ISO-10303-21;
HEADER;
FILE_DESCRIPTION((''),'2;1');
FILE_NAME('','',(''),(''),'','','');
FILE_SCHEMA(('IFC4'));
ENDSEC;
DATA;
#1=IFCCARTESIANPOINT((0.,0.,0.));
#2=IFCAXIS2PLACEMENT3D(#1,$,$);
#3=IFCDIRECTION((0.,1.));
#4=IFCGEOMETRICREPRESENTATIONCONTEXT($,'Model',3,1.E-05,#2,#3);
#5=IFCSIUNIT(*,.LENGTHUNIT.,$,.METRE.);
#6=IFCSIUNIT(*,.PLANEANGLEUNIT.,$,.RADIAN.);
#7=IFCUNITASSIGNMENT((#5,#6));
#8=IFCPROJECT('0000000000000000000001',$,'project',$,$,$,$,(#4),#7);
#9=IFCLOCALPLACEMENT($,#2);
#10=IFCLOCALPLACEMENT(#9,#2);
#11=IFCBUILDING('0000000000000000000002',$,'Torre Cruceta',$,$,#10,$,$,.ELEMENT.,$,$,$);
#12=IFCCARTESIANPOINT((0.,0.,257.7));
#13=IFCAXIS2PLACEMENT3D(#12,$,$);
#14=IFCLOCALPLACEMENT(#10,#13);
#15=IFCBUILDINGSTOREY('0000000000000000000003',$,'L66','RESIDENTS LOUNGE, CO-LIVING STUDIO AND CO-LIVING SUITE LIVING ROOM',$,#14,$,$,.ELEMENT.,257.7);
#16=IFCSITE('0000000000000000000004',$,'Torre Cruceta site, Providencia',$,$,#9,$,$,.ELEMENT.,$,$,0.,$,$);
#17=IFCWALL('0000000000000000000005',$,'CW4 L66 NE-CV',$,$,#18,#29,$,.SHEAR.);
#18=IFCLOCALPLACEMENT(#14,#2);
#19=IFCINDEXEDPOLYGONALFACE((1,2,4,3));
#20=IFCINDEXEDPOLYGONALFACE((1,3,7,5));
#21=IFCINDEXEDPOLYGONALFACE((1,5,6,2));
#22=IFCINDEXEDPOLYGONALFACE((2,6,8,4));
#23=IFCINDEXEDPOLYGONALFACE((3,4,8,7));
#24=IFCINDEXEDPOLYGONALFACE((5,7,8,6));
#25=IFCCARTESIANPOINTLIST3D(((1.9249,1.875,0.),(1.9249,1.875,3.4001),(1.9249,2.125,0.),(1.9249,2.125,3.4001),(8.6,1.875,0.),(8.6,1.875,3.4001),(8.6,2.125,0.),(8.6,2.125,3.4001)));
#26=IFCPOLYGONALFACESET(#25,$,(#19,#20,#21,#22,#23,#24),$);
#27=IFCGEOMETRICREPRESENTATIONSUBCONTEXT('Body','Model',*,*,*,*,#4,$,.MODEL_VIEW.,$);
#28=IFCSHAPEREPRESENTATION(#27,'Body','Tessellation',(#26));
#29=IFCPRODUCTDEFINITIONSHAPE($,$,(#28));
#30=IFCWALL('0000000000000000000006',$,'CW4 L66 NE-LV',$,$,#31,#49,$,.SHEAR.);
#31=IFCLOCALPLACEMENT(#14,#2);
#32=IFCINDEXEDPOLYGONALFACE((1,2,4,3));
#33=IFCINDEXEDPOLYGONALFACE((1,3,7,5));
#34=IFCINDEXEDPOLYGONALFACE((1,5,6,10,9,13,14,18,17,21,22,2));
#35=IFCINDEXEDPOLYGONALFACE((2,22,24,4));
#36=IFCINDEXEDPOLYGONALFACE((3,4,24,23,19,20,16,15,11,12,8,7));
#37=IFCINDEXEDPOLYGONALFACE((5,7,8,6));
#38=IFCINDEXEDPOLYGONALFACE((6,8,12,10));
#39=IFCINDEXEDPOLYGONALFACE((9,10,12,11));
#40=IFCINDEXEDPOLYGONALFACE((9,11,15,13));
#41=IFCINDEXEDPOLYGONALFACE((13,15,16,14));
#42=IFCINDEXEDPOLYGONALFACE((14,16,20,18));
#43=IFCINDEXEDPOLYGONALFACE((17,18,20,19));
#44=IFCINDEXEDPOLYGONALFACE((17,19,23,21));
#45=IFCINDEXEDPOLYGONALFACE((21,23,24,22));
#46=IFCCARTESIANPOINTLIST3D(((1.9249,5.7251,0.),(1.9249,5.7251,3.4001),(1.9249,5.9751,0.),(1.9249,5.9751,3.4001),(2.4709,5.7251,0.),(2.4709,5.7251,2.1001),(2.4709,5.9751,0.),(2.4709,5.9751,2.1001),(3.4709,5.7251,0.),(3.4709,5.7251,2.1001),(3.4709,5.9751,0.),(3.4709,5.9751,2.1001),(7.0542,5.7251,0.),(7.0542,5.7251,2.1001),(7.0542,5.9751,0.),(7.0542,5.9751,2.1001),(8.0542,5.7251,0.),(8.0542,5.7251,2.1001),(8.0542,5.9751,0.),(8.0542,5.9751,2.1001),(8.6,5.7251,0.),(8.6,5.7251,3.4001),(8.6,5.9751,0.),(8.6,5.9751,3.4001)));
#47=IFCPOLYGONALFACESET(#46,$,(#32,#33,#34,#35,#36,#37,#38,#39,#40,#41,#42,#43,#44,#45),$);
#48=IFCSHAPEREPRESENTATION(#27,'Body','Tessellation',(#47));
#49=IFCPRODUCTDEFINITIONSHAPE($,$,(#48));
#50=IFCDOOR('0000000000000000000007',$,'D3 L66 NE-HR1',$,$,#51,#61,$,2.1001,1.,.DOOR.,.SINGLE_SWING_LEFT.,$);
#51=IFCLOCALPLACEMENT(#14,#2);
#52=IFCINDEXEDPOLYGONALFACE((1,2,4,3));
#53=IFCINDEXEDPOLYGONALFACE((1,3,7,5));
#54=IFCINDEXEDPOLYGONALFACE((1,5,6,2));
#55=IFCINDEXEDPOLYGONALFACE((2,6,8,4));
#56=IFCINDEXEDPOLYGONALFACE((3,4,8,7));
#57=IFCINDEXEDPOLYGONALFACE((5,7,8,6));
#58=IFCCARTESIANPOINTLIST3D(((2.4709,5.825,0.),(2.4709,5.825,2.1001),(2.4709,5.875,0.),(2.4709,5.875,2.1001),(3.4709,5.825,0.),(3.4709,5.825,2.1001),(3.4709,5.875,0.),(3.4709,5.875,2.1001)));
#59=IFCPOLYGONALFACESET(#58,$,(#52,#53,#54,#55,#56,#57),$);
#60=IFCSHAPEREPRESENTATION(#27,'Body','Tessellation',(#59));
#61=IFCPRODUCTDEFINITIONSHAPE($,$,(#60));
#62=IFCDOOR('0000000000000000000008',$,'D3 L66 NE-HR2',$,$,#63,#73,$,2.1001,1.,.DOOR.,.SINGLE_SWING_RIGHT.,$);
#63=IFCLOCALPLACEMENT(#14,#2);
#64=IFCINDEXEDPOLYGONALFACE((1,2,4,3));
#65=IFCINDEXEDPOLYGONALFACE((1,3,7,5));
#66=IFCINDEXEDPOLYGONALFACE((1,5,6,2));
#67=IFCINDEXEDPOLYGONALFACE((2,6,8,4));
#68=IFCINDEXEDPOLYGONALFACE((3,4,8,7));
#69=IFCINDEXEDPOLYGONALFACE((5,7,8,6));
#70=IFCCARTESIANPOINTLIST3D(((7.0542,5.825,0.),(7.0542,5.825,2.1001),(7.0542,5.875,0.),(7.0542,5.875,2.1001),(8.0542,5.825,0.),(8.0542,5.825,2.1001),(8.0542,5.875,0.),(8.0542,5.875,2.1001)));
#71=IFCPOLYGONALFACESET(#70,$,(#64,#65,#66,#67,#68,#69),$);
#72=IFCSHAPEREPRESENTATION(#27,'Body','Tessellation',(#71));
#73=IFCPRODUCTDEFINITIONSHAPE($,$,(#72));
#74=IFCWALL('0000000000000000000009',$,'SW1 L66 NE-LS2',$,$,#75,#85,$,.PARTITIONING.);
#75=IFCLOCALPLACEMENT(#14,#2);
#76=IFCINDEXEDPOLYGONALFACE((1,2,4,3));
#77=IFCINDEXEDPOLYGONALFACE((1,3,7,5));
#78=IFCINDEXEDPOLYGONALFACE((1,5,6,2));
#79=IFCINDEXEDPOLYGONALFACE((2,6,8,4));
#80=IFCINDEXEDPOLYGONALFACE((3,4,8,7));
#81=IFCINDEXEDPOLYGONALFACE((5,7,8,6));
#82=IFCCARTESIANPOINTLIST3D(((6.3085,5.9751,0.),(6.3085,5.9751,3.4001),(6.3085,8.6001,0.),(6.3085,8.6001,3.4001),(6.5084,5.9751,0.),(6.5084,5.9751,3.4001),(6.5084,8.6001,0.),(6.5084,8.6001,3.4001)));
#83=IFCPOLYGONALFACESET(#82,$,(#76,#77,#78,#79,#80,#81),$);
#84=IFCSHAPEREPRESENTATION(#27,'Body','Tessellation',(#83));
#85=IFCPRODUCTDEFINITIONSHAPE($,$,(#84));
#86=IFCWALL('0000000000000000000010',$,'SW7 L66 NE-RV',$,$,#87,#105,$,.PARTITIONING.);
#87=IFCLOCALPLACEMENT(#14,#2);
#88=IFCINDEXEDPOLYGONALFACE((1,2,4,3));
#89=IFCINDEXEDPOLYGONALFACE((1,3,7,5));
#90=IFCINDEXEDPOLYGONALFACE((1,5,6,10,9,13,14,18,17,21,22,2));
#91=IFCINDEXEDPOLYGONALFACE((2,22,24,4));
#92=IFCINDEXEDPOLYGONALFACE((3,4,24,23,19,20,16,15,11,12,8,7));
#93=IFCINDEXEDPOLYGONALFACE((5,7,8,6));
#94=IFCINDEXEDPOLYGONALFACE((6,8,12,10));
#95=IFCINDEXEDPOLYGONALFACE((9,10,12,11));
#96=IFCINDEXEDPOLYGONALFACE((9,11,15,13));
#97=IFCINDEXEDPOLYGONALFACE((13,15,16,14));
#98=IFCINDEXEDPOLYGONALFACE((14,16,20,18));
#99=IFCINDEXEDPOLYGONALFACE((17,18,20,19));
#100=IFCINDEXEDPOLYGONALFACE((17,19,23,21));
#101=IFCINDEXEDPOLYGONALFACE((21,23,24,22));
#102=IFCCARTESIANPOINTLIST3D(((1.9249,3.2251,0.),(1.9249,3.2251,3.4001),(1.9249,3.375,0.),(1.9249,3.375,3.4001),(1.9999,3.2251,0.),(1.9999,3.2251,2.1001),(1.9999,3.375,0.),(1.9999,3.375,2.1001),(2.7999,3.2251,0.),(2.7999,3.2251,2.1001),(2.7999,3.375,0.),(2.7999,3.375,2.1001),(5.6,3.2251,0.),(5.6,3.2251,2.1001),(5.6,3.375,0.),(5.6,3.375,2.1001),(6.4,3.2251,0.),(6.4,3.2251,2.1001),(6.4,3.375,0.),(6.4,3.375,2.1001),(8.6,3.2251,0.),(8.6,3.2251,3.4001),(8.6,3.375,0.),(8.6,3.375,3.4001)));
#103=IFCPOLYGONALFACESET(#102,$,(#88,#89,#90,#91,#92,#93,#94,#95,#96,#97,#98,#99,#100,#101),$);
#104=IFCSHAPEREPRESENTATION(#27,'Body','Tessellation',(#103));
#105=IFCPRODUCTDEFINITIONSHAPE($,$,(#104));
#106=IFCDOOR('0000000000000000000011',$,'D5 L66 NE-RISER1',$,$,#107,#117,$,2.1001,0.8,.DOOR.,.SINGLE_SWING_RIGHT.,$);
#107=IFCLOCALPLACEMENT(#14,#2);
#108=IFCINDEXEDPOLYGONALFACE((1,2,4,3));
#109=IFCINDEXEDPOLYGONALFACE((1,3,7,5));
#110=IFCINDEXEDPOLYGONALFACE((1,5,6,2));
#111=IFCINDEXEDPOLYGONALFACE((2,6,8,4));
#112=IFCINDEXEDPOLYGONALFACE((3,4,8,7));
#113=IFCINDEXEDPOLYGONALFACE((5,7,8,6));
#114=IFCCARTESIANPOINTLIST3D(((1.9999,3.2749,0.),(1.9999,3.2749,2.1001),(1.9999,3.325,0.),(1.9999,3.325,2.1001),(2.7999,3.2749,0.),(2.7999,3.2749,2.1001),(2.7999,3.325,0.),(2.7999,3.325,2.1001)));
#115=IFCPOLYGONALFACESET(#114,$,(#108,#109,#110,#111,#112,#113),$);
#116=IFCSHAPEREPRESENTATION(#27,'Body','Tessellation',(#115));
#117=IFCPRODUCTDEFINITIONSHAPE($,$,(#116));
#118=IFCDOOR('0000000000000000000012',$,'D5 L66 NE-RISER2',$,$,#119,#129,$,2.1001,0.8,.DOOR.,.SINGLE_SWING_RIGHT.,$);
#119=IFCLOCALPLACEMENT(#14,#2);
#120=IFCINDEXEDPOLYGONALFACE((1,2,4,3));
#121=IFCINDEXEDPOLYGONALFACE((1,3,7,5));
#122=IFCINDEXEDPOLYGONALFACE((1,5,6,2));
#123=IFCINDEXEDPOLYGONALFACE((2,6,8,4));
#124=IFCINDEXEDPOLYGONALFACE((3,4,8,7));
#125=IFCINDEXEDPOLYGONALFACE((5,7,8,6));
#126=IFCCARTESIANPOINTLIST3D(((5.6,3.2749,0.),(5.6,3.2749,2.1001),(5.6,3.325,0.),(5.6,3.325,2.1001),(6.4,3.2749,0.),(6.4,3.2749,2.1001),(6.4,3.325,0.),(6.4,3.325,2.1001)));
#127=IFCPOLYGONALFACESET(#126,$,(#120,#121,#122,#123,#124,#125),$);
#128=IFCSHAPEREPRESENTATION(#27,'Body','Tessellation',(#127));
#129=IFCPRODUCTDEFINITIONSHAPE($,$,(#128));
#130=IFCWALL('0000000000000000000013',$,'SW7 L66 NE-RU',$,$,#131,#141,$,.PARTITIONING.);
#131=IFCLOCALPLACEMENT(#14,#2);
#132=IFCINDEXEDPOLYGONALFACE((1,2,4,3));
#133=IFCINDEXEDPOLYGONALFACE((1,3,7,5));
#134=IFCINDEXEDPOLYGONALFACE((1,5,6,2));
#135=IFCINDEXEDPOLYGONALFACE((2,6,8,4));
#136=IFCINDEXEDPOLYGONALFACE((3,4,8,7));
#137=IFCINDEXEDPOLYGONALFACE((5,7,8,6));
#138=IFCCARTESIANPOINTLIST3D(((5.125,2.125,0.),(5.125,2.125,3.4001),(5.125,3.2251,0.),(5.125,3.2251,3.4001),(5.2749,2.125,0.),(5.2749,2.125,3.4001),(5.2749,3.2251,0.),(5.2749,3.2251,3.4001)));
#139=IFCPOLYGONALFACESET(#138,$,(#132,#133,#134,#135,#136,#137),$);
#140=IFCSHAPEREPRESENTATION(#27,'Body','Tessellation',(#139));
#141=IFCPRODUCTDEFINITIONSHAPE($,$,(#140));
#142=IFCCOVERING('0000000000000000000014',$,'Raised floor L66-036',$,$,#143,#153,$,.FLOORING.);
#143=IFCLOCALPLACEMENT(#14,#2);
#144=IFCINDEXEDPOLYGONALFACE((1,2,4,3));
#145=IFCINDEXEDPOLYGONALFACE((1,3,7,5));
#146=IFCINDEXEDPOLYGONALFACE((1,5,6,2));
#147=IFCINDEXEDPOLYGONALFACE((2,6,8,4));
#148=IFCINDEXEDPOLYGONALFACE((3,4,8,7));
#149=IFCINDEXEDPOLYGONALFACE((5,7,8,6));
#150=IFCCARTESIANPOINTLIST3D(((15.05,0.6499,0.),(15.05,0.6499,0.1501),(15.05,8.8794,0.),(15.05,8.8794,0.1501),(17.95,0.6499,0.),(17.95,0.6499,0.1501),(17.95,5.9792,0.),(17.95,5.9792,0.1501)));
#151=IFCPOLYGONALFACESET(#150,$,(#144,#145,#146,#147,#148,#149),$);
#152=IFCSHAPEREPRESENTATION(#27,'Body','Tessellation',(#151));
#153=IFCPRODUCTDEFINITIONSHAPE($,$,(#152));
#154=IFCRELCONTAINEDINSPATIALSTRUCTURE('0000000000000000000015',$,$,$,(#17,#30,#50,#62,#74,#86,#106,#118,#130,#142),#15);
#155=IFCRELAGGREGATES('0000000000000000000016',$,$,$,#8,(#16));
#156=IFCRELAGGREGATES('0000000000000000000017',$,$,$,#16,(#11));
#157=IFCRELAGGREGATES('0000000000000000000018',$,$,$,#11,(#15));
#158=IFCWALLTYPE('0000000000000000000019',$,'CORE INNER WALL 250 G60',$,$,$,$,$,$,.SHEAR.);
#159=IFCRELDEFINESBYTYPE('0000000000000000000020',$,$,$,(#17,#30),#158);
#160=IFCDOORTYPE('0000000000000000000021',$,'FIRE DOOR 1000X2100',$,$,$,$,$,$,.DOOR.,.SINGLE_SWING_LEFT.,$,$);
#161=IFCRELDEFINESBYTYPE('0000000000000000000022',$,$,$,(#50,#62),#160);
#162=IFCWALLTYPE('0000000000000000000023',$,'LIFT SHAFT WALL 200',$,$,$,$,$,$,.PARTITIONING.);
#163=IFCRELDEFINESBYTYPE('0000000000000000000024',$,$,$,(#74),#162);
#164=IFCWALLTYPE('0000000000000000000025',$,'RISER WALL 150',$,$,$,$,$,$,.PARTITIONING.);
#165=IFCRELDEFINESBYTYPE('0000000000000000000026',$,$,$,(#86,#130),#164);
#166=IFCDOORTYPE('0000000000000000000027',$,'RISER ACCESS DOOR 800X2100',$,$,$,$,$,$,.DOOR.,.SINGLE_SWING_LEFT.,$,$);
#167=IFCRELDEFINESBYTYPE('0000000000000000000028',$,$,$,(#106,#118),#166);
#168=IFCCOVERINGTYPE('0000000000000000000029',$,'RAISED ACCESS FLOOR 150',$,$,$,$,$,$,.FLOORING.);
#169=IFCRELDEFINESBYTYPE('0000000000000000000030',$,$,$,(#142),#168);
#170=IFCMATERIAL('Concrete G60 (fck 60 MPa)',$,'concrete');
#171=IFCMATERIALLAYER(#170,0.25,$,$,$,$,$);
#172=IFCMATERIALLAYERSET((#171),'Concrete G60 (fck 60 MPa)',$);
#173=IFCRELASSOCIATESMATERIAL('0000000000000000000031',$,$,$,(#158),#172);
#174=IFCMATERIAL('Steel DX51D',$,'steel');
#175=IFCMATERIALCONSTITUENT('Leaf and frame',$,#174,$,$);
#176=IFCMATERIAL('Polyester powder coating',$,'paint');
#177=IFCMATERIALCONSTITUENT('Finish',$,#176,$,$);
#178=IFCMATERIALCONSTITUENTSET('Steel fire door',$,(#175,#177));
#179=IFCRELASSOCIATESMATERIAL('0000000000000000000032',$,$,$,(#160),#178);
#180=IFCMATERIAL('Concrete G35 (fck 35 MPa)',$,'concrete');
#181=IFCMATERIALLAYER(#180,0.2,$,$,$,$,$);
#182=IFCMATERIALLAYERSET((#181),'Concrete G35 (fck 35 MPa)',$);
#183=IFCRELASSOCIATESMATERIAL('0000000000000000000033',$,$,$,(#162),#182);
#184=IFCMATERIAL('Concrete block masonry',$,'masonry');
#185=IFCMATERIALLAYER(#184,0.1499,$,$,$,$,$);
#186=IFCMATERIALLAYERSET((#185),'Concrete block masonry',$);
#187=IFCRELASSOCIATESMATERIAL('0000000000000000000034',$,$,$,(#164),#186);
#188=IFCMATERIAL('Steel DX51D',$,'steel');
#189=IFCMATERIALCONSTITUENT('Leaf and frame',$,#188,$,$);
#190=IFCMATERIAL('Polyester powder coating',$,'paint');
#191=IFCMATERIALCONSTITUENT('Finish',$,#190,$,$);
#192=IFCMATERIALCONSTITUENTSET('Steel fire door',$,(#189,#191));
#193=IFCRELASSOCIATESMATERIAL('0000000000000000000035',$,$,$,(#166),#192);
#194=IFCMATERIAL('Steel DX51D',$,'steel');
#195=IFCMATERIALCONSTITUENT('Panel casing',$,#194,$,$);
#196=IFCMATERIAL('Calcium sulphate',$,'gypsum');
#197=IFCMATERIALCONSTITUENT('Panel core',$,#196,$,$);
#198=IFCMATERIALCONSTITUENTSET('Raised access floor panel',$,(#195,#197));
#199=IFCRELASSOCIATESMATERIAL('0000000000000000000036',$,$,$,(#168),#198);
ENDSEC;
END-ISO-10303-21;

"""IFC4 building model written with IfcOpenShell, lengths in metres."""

from ifc_helpers import new_model, si_unit, direction, frame, frame_2d, origin, place, context, subcontext, project, spatial, polyline, rectangle, outline, extrude, material, layer, layer_set, constituent, constituent_set, type_object, element, fill, save


model = new_model("IFC4")

# Units and contexts
model_context = context("Model", 3, precision=1e-05, world=origin(), true_north=direction((0.0, 1.0)))
body_context = subcontext(model_context, "Body", "Model", "MODEL_VIEW")
ifc_project = project(units=[si_unit("LENGTHUNIT", "METRE"), si_unit("PLANEANGLEUNIT", "RADIAN")], contexts=[model_context])

# Site, building, storey
site_placement = place(None, origin())
site = spatial("IfcSite", under=ifc_project, at=site_placement, Name="Torre Cruceta site, Providencia", CompositionType="ELEMENT", RefElevation=0.0)
building_placement = place(site_placement, origin())
building = spatial("IfcBuilding", under=site, at=building_placement, Name="Torre Cruceta", CompositionType="ELEMENT")
storey_placement = place(building_placement, frame((0.0, 0.0, 257.7)))
storey = spatial("IfcBuildingStorey", under=building, at=storey_placement, Name="L66", Description="RESIDENTS LOUNGE, CO-LIVING STUDIO AND CO-LIVING SUITE LIVING ROOM", CompositionType="ELEMENT", Elevation=257.7)

# Shared definitions
ifc_material_1 = material(Name="Concrete G60 (fck 60 MPa)", Category="concrete")
ifc_layer_1 = layer(ifc_material_1, 0.25)
ifc_layer_set_1 = layer_set([ifc_layer_1], Name="Concrete G60 (fck 60 MPa)")
wall_type_1 = type_object("IfcWallType", Name="CORE INNER WALL 250 G60", PredefinedType="SHEAR", material=ifc_layer_set_1)

# Wall
wall_1_placement = place(storey_placement, frame((1.925, 2.0, 0.0), z_axis=(0.0, 0.0, 1.0), x_axis=(1.0, 0.0, 0.0)))
element("IfcWall", 1, at=wall_1_placement, inside=storey, type_object=wall_type_1, Name="CW4 L66 NE-CV", PredefinedType="SHEAR", context=body_context, shape_type="SweptSolid", body=[
    extrude(rectangle(XDim=6.675, YDim=0.25, at=frame_2d((3.3374, 0.0))), origin(), (0.0, 0.0, 1.0), 3.4001),
])

# Wall, openings, doors
wall_2_placement = place(storey_placement, frame((1.925, 5.8501, 0.0), z_axis=(0.0, 0.0, 1.0), x_axis=(1.0, 0.0, 0.0)))
wall_2 = element("IfcWall", 2, at=wall_2_placement, inside=storey, type_object=wall_type_1, Name="CW4 L66 NE-LV", PredefinedType="SHEAR", context=body_context, shape_type="SweptSolid", body=[
    extrude(rectangle(XDim=6.675, YDim=0.25, at=frame_2d((3.3374, 0.0))), origin(), (0.0, 0.0, 1.0), 3.4001),
])
opening_1_placement = place(wall_2_placement, frame((0.5459, 0.0, 0.0)))
opening_1 = element("IfcOpeningElement", 3, at=opening_1_placement, cuts=wall_2, PredefinedType="OPENING", context=body_context, shape_type="SweptSolid", body=[
    extrude(rectangle(XDim=1.0, YDim=2.1001, at=frame_2d((0.5, 1.05))), frame((0.0, 0.135, 0.0), z_axis=(0.0, -1.0, 0.0), x_axis=(1.0, 0.0, 0.0)), (0.0, 0.0, 1.0), 0.27),
])
opening_2_placement = place(wall_2_placement, frame((5.1292, 0.0, 0.0)))
opening_2 = element("IfcOpeningElement", 4, at=opening_2_placement, cuts=wall_2, PredefinedType="OPENING", context=body_context, shape_type="SweptSolid", body=[
    extrude(rectangle(XDim=1.0, YDim=2.1001, at=frame_2d((0.5, 1.05))), frame((0.0, 0.135, 0.0), z_axis=(0.0, -1.0, 0.0), x_axis=(1.0, 0.0, 0.0)), (0.0, 0.0, 1.0), 0.27),
])
ifc_material_2 = material(Name="Steel DX51D", Category="steel")
ifc_constituent_1 = constituent(ifc_material_2, Name="Leaf and frame")
ifc_material_3 = material(Name="Polyester powder coating", Category="paint")
ifc_constituent_2 = constituent(ifc_material_3, Name="Finish")
ifc_constituent_set_1 = constituent_set(constituents=[ifc_constituent_1, ifc_constituent_2], Name="Steel fire door")
door_type_1 = type_object("IfcDoorType", Name="FIRE DOOR 1000X2100", OperationType="SINGLE_SWING_LEFT", PredefinedType="DOOR", material=ifc_constituent_set_1)
door_1_placement = place(opening_1_placement, origin())
door_1 = element("IfcDoor", 5, at=door_1_placement, inside=storey, type_object=door_type_1, Name="D3 L66 NE-HR1", OperationType="SINGLE_SWING_LEFT", OverallHeight=2.1001, OverallWidth=1.0, PredefinedType="DOOR", context=body_context, shape_type="SweptSolid", body=[
    extrude(rectangle(XDim=1.0, YDim=2.1001, at=frame_2d((0.5, 1.05))), frame((0.0, 0.0249, 0.0), z_axis=(0.0, -1.0, 0.0), x_axis=(1.0, 0.0, 0.0)), (0.0, 0.0, 1.0), 0.05),
])
fill(opening_1, door_1)
door_2_placement = place(opening_2_placement, origin())
door_2 = element("IfcDoor", 6, at=door_2_placement, inside=storey, type_object=door_type_1, Name="D3 L66 NE-HR2", OperationType="SINGLE_SWING_RIGHT", OverallHeight=2.1001, OverallWidth=1.0, PredefinedType="DOOR", context=body_context, shape_type="SweptSolid", body=[
    extrude(rectangle(XDim=1.0, YDim=2.1001, at=frame_2d((0.5, 1.05))), frame((0.0, 0.0249, 0.0), z_axis=(0.0, -1.0, 0.0), x_axis=(1.0, 0.0, 0.0)), (0.0, 0.0, 1.0), 0.05),
])
fill(opening_2, door_2)

# Wall
ifc_material_4 = material(Name="Concrete G35 (fck 35 MPa)", Category="concrete")
ifc_layer_2 = layer(ifc_material_4, 0.2)
ifc_layer_set_2 = layer_set([ifc_layer_2], Name="Concrete G35 (fck 35 MPa)")
wall_type_2 = type_object("IfcWallType", Name="LIFT SHAFT WALL 200", PredefinedType="PARTITIONING", material=ifc_layer_set_2)
wall_3_placement = place(storey_placement, frame((6.4084, 5.9751, 0.0), z_axis=(0.0, 0.0, 1.0), x_axis=(0.0, 1.0, 0.0)))
element("IfcWall", 7, at=wall_3_placement, inside=storey, type_object=wall_type_2, Name="SW1 L66 NE-LS2", PredefinedType="PARTITIONING", context=body_context, shape_type="SweptSolid", body=[
    extrude(rectangle(XDim=2.625, YDim=0.2, at=frame_2d((1.3125, 0.0))), origin(), (0.0, 0.0, 1.0), 3.4001),
])

# Wall, openings, doors
ifc_material_5 = material(Name="Concrete block masonry", Category="masonry")
ifc_layer_3 = layer(ifc_material_5, 0.1499)
ifc_layer_set_3 = layer_set([ifc_layer_3], Name="Concrete block masonry")
wall_type_3 = type_object("IfcWallType", Name="RISER WALL 150", PredefinedType="PARTITIONING", material=ifc_layer_set_3)
wall_4_placement = place(storey_placement, frame((1.925, 3.3, 0.0), z_axis=(0.0, 0.0, 1.0), x_axis=(1.0, 0.0, 0.0)))
wall_4 = element("IfcWall", 8, at=wall_4_placement, inside=storey, type_object=wall_type_3, Name="SW7 L66 NE-RV", PredefinedType="PARTITIONING", context=body_context, shape_type="SweptSolid", body=[
    extrude(rectangle(XDim=6.675, YDim=0.1499, at=frame_2d((3.3374, 0.0))), origin(), (0.0, 0.0, 1.0), 3.4001),
])
opening_3_placement = place(wall_4_placement, frame((0.075, 0.0, 0.0)))
opening_3 = element("IfcOpeningElement", 9, at=opening_3_placement, cuts=wall_4, PredefinedType="OPENING", context=body_context, shape_type="SweptSolid", body=[
    extrude(rectangle(XDim=0.8, YDim=2.1001, at=frame_2d((0.3999, 1.05))), frame((0.0, 0.085, 0.0), z_axis=(0.0, -1.0, 0.0), x_axis=(1.0, 0.0, 0.0)), (0.0, 0.0, 1.0), 0.1699),
])
opening_4_placement = place(wall_4_placement, frame((3.675, 0.0, 0.0)))
opening_4 = element("IfcOpeningElement", 10, at=opening_4_placement, cuts=wall_4, PredefinedType="OPENING", context=body_context, shape_type="SweptSolid", body=[
    extrude(rectangle(XDim=0.8, YDim=2.1001, at=frame_2d((0.3999, 1.05))), frame((0.0, 0.085, 0.0), z_axis=(0.0, -1.0, 0.0), x_axis=(1.0, 0.0, 0.0)), (0.0, 0.0, 1.0), 0.1699),
])
ifc_material_6 = material(Name="Steel DX51D", Category="steel")
ifc_constituent_3 = constituent(ifc_material_6, Name="Leaf and frame")
ifc_material_7 = material(Name="Polyester powder coating", Category="paint")
ifc_constituent_4 = constituent(ifc_material_7, Name="Finish")
ifc_constituent_set_2 = constituent_set(constituents=[ifc_constituent_3, ifc_constituent_4], Name="Steel fire door")
door_type_2 = type_object("IfcDoorType", Name="RISER ACCESS DOOR 800X2100", OperationType="SINGLE_SWING_LEFT", PredefinedType="DOOR", material=ifc_constituent_set_2)
door_3_placement = place(opening_3_placement, frame((0.8, 0.0, 0.0), z_axis=(0.0, 0.0, 1.0), x_axis=(-1.0, 0.0, 0.0)))
door_3 = element("IfcDoor", 11, at=door_3_placement, inside=storey, type_object=door_type_2, Name="D5 L66 NE-RISER1", OperationType="SINGLE_SWING_RIGHT", OverallHeight=2.1001, OverallWidth=0.8, PredefinedType="DOOR", context=body_context, shape_type="SweptSolid", body=[
    extrude(rectangle(XDim=0.8, YDim=2.1001, at=frame_2d((0.4001, 1.05))), frame((0.0, 0.0251, 0.0), z_axis=(0.0, -1.0, 0.0), x_axis=(1.0, 0.0, 0.0)), (0.0, 0.0, 1.0), 0.05),
])
fill(opening_3, door_3)
door_4_placement = place(opening_4_placement, frame((0.8, 0.0, 0.0), z_axis=(0.0, 0.0, 1.0), x_axis=(-1.0, 0.0, 0.0)))
door_4 = element("IfcDoor", 12, at=door_4_placement, inside=storey, type_object=door_type_2, Name="D5 L66 NE-RISER2", OperationType="SINGLE_SWING_RIGHT", OverallHeight=2.1001, OverallWidth=0.8, PredefinedType="DOOR", context=body_context, shape_type="SweptSolid", body=[
    extrude(rectangle(XDim=0.8, YDim=2.1001, at=frame_2d((0.4001, 1.05))), frame((0.0, 0.0251, 0.0), z_axis=(0.0, -1.0, 0.0), x_axis=(1.0, 0.0, 0.0)), (0.0, 0.0, 1.0), 0.05),
])
fill(opening_4, door_4)

# Wall
wall_5_placement = place(storey_placement, frame((5.2, 2.125, 0.0), z_axis=(0.0, 0.0, 1.0), x_axis=(0.0, 1.0, 0.0)))
element("IfcWall", 13, at=wall_5_placement, inside=storey, type_object=wall_type_3, Name="SW7 L66 NE-RU", PredefinedType="PARTITIONING", context=body_context, shape_type="SweptSolid", body=[
    extrude(rectangle(XDim=1.1001, YDim=0.1499, at=frame_2d((0.55, 0.0))), origin(), (0.0, 0.0, 1.0), 3.4001),
])

# Covering
ifc_material_8 = material(Name="Steel DX51D", Category="steel")
ifc_constituent_5 = constituent(ifc_material_8, Name="Panel casing")
ifc_material_9 = material(Name="Calcium sulphate", Category="gypsum")
ifc_constituent_6 = constituent(ifc_material_9, Name="Panel core")
ifc_constituent_set_3 = constituent_set(constituents=[ifc_constituent_5, ifc_constituent_6], Name="Raised access floor panel")
covering_type_1 = type_object("IfcCoveringType", Name="RAISED ACCESS FLOOR 150", PredefinedType="FLOORING", material=ifc_constituent_set_3)
covering_1_placement = place(storey_placement, origin())
element("IfcCovering", 14, at=covering_1_placement, inside=storey, type_object=covering_type_1, Name="Raised floor L66-036", PredefinedType="FLOORING", context=body_context, shape_type="SweptSolid", body=[
    extrude(outline(polyline([(17.95, 5.9792), (17.95, 0.6499), (15.05, 0.6499), (15.05, 8.8794), (17.95, 5.9792)])), origin(), (0.0, 0.0, 1.0), 0.1501),
])

save(model, "model.ifc")
